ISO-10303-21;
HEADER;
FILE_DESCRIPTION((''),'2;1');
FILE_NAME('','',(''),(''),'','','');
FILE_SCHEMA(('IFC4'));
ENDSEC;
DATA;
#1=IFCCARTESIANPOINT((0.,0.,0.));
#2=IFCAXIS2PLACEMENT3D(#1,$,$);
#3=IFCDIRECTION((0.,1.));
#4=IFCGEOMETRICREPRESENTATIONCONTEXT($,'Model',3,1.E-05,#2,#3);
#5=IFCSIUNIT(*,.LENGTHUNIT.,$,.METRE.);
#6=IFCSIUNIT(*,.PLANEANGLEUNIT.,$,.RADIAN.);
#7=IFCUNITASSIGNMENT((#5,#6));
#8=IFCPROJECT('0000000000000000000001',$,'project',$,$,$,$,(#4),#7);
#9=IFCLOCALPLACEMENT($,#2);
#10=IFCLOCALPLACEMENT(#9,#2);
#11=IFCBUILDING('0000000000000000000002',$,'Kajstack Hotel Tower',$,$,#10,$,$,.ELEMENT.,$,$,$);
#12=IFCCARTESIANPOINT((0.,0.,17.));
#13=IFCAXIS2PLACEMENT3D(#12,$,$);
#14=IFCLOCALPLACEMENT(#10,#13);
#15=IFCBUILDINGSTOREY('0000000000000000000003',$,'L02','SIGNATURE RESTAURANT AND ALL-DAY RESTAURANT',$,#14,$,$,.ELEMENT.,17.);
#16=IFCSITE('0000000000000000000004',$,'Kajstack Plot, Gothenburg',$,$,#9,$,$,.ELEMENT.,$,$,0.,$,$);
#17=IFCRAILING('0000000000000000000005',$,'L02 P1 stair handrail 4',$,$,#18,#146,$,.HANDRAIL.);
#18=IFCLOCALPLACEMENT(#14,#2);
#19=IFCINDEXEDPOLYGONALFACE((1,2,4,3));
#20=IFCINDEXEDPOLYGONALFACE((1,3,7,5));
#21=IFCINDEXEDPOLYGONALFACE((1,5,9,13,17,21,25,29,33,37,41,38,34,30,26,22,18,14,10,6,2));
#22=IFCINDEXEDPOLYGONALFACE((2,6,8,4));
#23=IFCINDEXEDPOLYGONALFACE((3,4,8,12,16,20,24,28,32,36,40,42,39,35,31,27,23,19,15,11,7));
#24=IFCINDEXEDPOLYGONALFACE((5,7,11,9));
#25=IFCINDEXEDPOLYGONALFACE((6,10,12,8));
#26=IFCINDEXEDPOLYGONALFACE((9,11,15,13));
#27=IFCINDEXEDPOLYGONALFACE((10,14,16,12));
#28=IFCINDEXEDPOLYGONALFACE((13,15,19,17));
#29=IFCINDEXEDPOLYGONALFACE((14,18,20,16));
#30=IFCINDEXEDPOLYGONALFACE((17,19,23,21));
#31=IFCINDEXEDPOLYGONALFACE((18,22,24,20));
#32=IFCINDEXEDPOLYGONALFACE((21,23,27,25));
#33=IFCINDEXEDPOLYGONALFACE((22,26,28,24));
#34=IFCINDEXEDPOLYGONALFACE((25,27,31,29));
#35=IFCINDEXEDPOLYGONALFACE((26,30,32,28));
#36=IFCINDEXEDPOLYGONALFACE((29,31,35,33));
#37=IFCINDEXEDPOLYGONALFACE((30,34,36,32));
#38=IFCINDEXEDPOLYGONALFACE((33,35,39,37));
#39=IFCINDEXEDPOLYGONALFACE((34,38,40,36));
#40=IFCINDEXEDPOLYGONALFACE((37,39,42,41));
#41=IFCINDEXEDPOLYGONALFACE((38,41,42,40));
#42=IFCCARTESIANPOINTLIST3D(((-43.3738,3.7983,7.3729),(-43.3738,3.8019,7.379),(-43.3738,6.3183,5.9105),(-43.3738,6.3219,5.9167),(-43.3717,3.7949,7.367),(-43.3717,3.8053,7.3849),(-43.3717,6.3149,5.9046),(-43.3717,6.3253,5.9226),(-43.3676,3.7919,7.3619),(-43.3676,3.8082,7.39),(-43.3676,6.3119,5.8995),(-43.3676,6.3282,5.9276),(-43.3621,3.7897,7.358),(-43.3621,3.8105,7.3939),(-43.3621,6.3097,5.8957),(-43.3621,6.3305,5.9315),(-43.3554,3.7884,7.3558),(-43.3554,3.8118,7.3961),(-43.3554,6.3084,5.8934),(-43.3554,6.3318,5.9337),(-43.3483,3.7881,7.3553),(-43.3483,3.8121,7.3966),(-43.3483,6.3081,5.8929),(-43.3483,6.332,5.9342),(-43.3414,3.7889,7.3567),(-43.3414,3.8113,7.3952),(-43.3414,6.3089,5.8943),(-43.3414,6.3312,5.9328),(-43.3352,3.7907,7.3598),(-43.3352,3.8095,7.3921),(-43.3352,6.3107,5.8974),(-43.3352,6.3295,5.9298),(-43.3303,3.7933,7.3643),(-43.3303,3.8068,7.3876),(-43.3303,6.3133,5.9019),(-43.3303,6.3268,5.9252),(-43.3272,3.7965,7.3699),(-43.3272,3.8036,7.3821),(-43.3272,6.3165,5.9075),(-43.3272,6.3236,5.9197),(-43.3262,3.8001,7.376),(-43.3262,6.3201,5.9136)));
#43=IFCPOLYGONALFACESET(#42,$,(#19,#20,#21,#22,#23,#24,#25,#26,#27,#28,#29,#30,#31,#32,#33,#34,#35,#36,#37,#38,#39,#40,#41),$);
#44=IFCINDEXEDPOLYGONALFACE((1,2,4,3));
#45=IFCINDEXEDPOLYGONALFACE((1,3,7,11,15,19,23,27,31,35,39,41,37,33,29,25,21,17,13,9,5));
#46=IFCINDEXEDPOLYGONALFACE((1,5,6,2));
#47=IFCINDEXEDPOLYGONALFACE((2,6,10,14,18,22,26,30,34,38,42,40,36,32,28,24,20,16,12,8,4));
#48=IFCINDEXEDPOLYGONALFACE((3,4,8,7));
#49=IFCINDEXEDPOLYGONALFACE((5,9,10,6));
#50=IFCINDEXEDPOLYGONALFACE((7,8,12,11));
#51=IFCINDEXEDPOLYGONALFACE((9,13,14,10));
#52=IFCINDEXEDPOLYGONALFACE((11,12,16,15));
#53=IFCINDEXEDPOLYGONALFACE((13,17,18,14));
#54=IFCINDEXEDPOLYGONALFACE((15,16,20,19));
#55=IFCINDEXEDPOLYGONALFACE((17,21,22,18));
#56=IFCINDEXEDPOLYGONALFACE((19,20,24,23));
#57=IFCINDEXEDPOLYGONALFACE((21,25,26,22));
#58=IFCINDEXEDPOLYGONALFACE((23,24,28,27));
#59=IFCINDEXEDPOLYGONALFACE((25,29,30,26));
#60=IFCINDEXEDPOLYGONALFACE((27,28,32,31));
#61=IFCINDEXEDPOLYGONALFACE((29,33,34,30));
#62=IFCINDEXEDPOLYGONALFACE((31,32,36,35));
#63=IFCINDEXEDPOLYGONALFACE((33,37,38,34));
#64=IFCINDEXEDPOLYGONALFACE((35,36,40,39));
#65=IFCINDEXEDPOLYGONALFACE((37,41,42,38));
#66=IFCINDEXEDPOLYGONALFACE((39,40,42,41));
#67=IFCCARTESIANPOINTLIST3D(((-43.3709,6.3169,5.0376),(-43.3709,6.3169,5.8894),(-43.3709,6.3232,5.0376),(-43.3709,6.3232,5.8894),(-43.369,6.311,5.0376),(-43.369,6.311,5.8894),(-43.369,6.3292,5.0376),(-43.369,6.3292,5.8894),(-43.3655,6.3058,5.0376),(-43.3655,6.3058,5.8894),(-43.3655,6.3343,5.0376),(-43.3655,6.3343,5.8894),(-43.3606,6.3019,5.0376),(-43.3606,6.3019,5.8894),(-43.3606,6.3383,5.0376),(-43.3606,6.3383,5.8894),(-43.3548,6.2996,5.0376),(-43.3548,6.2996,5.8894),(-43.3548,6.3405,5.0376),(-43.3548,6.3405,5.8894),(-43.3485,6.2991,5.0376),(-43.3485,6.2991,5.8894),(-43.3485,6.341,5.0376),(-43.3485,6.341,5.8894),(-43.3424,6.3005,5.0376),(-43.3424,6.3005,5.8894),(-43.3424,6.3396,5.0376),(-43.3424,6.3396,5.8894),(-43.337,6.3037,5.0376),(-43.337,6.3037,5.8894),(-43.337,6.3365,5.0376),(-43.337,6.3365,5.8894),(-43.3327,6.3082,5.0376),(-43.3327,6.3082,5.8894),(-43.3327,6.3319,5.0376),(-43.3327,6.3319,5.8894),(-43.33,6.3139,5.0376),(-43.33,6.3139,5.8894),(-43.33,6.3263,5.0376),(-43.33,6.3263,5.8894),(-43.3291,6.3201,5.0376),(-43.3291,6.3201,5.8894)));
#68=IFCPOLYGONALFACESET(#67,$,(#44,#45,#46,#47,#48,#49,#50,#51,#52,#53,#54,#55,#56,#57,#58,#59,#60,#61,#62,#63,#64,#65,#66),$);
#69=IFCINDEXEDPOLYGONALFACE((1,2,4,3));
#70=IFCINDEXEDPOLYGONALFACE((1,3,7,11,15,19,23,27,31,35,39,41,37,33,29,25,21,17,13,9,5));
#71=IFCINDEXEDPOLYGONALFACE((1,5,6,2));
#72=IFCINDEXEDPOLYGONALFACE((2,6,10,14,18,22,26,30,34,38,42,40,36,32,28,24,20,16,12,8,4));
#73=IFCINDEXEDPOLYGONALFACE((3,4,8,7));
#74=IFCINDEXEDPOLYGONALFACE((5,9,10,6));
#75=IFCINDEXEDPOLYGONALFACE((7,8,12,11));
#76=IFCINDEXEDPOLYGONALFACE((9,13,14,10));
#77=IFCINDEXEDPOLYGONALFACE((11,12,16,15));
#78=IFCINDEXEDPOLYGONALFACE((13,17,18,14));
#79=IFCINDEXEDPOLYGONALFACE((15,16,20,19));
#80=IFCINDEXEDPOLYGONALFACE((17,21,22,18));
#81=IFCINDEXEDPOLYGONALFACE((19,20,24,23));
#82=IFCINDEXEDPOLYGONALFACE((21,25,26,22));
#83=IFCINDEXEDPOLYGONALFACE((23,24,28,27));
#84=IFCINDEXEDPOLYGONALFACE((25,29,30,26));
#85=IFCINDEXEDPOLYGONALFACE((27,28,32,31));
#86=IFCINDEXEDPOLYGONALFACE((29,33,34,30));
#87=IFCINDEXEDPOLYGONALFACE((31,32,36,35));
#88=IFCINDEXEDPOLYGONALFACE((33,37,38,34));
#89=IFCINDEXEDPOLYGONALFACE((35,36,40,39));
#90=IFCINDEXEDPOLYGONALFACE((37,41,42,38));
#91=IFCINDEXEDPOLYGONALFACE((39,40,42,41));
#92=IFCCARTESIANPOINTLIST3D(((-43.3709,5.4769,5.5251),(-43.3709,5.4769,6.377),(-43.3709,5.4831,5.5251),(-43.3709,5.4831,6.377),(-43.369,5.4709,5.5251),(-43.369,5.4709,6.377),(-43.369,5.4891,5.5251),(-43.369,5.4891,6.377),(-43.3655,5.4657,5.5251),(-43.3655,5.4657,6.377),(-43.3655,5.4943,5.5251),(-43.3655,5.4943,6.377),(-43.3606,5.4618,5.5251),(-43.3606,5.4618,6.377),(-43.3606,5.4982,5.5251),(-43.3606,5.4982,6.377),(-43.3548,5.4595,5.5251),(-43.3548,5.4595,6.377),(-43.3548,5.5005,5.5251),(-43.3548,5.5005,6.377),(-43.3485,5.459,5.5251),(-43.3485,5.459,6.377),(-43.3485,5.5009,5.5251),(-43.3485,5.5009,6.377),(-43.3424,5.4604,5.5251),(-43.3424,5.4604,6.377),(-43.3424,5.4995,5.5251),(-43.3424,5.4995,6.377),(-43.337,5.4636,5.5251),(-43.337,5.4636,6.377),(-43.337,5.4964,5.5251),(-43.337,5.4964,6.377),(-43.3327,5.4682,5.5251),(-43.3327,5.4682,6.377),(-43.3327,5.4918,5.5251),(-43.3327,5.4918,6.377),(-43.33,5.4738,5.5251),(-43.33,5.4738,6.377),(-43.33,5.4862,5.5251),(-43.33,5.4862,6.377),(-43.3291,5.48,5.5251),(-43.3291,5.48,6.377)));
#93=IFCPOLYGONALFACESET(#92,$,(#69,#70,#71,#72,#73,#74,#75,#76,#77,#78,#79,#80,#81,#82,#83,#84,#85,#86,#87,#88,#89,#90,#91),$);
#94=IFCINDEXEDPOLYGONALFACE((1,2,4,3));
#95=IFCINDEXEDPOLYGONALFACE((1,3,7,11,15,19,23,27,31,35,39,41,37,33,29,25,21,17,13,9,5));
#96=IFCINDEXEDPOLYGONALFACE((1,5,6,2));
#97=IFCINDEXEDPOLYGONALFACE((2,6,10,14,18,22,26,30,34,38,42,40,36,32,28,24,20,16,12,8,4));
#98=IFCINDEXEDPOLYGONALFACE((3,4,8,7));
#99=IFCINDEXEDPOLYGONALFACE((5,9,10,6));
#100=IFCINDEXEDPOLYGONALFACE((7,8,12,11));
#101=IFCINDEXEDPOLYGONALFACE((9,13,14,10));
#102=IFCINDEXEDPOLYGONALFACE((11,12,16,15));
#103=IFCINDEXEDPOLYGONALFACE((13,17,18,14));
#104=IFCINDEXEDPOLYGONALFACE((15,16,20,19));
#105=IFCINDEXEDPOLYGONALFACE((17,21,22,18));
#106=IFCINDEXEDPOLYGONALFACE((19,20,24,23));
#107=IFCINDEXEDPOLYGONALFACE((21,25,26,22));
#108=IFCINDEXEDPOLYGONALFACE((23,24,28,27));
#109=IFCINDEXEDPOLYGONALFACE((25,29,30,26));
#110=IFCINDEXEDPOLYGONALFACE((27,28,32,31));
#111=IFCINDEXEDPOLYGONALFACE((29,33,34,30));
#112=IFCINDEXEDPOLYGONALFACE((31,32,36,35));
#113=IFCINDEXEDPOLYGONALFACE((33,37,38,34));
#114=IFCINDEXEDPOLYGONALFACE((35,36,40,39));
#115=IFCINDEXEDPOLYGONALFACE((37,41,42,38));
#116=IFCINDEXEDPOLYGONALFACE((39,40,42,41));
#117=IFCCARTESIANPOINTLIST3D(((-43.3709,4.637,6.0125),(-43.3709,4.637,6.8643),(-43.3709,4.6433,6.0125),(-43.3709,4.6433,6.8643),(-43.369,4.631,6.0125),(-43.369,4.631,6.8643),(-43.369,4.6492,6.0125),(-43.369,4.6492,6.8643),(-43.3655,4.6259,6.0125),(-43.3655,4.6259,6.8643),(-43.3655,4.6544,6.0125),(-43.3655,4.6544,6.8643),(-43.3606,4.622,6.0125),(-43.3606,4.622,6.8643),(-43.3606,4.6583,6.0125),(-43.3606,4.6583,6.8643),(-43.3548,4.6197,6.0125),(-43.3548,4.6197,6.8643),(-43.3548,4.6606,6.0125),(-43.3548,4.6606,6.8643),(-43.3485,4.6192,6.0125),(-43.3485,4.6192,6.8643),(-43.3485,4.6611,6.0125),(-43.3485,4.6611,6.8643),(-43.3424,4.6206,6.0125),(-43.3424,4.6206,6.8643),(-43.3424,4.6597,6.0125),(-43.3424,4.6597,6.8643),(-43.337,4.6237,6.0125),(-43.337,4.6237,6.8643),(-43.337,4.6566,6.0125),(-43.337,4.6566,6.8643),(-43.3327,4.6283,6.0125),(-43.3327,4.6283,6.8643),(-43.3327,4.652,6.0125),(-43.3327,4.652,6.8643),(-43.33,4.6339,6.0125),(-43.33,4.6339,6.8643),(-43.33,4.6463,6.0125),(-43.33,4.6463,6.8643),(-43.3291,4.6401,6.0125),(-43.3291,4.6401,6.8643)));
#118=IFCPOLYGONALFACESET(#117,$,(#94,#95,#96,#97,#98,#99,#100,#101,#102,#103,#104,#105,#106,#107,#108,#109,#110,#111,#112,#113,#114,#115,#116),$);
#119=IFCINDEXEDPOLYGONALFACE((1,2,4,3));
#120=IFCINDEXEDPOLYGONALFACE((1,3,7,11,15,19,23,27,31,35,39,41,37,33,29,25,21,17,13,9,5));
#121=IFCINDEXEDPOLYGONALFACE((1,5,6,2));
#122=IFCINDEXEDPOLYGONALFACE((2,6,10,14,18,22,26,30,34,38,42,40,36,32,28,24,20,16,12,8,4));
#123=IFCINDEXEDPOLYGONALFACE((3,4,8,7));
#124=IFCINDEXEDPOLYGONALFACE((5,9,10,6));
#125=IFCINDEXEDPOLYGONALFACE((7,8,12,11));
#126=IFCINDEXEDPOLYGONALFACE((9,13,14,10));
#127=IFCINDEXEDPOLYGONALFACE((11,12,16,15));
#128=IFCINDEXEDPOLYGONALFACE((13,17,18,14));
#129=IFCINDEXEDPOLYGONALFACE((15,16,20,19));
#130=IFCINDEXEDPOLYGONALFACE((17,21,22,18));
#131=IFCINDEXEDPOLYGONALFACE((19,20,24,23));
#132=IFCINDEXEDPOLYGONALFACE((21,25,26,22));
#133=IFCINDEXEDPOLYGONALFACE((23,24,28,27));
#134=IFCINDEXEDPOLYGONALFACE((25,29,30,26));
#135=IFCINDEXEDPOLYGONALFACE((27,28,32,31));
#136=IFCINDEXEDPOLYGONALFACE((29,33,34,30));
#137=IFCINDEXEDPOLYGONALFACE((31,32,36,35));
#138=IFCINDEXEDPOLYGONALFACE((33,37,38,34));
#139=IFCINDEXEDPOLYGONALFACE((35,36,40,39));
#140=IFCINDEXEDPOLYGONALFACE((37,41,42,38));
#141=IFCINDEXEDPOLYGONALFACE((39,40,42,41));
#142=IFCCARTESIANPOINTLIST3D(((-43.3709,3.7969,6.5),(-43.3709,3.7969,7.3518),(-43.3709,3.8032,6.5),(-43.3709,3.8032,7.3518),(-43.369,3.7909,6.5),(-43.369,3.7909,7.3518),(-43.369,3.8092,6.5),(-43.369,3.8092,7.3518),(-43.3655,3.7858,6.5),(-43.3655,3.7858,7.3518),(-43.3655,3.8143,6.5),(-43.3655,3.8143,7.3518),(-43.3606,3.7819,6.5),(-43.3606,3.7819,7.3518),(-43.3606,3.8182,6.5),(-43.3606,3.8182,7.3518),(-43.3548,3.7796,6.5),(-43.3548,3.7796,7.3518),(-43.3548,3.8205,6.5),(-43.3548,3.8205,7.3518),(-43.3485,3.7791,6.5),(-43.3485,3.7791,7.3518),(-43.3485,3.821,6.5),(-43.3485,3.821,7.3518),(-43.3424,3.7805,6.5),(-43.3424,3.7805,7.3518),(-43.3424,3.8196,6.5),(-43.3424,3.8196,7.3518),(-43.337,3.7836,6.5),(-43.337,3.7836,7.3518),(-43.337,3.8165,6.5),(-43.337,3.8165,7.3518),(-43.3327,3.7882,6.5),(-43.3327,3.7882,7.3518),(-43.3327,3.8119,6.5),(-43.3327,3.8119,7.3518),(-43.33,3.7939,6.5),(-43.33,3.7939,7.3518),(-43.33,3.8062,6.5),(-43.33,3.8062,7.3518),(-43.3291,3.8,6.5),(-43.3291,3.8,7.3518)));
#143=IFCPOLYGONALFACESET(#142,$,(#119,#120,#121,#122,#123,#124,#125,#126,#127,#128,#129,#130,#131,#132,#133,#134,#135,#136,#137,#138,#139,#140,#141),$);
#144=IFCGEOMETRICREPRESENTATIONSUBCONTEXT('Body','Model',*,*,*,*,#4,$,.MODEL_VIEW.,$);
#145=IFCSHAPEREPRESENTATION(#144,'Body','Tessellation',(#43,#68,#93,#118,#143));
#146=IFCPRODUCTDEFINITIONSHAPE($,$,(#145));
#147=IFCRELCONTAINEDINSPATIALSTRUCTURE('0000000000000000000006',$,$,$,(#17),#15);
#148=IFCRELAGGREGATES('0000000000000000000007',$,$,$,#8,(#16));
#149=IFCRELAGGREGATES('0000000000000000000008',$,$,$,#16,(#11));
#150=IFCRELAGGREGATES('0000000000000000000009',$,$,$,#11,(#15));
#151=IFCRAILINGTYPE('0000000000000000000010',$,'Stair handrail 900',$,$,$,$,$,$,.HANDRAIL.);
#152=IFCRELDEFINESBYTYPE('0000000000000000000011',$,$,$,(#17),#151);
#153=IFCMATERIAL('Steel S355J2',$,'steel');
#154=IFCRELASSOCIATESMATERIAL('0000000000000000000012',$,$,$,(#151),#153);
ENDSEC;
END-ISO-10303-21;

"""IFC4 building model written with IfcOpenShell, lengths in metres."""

from ifc_helpers import new_model, si_unit, direction, frame, origin, origin_2d, place, context, subcontext, project, spatial, circle, extrude, material, type_object, element, save


model = new_model("IFC4")

# Units and contexts
model_context = context("Model", 3, precision=1e-05, world=origin(), true_north=direction((0.0, 1.0)))
body_context = subcontext(model_context, "Body", "Model", "MODEL_VIEW")
ifc_project = project(units=[si_unit("LENGTHUNIT", "METRE"), si_unit("PLANEANGLEUNIT", "RADIAN")], contexts=[model_context])

# Site, building, storey
site_placement = place(None, origin())
site = spatial("IfcSite", under=ifc_project, at=site_placement, Name="Kajstack Plot, Gothenburg", CompositionType="ELEMENT", RefElevation=0.0)
building_placement = place(site_placement, origin())
building = spatial("IfcBuilding", under=site, at=building_placement, Name="Kajstack Hotel Tower", CompositionType="ELEMENT")
storey_placement = place(building_placement, frame((0.0, 0.0, 17.0)))
storey = spatial("IfcBuildingStorey", under=building, at=storey_placement, Name="L02", Description="SIGNATURE RESTAURANT AND ALL-DAY RESTAURANT", CompositionType="ELEMENT", Elevation=17.0)

# Railing
ifc_material_1 = material(Name="Steel S355J2", Category="steel")
railing_type_1 = type_object("IfcRailingType", Name="Stair handrail 900", PredefinedType="HANDRAIL", material=ifc_material_1)
railing_1_placement = place(storey_placement, frame((-43.3501, 6.3201, 5.0376)))
element("IfcRailing", 1, at=railing_1_placement, inside=storey, type_object=railing_type_1, Name="L02 P1 stair handrail 4", PredefinedType="HANDRAIL", context=body_context, shape_type="SweptSolid", body=[
    extrude(circle(Radius=0.0239, at=origin_2d()), frame((0.0, 0.0, 0.876), z_axis=(0.0, -0.864913, 0.501921), x_axis=(1.0, 0.0, 0.0)), (0.0, 0.0, 1.0), 2.9136),
    extrude(circle(Radius=0.021, at=origin_2d()), origin(), (0.0, 0.0, 1.0), 0.8518),
    extrude(circle(Radius=0.021, at=origin_2d()), frame((0.0, -0.8401, 0.4875)), (0.0, 0.0, 1.0), 0.8518),
    extrude(circle(Radius=0.021, at=origin_2d()), frame((0.0, -1.6799, 0.9749)), (0.0, 0.0, 1.0), 0.8518),
    extrude(circle(Radius=0.021, at=origin_2d()), frame((0.0, -2.52, 1.4624)), (0.0, 0.0, 1.0), 0.8518),
])

save(model, "model.ifc")
